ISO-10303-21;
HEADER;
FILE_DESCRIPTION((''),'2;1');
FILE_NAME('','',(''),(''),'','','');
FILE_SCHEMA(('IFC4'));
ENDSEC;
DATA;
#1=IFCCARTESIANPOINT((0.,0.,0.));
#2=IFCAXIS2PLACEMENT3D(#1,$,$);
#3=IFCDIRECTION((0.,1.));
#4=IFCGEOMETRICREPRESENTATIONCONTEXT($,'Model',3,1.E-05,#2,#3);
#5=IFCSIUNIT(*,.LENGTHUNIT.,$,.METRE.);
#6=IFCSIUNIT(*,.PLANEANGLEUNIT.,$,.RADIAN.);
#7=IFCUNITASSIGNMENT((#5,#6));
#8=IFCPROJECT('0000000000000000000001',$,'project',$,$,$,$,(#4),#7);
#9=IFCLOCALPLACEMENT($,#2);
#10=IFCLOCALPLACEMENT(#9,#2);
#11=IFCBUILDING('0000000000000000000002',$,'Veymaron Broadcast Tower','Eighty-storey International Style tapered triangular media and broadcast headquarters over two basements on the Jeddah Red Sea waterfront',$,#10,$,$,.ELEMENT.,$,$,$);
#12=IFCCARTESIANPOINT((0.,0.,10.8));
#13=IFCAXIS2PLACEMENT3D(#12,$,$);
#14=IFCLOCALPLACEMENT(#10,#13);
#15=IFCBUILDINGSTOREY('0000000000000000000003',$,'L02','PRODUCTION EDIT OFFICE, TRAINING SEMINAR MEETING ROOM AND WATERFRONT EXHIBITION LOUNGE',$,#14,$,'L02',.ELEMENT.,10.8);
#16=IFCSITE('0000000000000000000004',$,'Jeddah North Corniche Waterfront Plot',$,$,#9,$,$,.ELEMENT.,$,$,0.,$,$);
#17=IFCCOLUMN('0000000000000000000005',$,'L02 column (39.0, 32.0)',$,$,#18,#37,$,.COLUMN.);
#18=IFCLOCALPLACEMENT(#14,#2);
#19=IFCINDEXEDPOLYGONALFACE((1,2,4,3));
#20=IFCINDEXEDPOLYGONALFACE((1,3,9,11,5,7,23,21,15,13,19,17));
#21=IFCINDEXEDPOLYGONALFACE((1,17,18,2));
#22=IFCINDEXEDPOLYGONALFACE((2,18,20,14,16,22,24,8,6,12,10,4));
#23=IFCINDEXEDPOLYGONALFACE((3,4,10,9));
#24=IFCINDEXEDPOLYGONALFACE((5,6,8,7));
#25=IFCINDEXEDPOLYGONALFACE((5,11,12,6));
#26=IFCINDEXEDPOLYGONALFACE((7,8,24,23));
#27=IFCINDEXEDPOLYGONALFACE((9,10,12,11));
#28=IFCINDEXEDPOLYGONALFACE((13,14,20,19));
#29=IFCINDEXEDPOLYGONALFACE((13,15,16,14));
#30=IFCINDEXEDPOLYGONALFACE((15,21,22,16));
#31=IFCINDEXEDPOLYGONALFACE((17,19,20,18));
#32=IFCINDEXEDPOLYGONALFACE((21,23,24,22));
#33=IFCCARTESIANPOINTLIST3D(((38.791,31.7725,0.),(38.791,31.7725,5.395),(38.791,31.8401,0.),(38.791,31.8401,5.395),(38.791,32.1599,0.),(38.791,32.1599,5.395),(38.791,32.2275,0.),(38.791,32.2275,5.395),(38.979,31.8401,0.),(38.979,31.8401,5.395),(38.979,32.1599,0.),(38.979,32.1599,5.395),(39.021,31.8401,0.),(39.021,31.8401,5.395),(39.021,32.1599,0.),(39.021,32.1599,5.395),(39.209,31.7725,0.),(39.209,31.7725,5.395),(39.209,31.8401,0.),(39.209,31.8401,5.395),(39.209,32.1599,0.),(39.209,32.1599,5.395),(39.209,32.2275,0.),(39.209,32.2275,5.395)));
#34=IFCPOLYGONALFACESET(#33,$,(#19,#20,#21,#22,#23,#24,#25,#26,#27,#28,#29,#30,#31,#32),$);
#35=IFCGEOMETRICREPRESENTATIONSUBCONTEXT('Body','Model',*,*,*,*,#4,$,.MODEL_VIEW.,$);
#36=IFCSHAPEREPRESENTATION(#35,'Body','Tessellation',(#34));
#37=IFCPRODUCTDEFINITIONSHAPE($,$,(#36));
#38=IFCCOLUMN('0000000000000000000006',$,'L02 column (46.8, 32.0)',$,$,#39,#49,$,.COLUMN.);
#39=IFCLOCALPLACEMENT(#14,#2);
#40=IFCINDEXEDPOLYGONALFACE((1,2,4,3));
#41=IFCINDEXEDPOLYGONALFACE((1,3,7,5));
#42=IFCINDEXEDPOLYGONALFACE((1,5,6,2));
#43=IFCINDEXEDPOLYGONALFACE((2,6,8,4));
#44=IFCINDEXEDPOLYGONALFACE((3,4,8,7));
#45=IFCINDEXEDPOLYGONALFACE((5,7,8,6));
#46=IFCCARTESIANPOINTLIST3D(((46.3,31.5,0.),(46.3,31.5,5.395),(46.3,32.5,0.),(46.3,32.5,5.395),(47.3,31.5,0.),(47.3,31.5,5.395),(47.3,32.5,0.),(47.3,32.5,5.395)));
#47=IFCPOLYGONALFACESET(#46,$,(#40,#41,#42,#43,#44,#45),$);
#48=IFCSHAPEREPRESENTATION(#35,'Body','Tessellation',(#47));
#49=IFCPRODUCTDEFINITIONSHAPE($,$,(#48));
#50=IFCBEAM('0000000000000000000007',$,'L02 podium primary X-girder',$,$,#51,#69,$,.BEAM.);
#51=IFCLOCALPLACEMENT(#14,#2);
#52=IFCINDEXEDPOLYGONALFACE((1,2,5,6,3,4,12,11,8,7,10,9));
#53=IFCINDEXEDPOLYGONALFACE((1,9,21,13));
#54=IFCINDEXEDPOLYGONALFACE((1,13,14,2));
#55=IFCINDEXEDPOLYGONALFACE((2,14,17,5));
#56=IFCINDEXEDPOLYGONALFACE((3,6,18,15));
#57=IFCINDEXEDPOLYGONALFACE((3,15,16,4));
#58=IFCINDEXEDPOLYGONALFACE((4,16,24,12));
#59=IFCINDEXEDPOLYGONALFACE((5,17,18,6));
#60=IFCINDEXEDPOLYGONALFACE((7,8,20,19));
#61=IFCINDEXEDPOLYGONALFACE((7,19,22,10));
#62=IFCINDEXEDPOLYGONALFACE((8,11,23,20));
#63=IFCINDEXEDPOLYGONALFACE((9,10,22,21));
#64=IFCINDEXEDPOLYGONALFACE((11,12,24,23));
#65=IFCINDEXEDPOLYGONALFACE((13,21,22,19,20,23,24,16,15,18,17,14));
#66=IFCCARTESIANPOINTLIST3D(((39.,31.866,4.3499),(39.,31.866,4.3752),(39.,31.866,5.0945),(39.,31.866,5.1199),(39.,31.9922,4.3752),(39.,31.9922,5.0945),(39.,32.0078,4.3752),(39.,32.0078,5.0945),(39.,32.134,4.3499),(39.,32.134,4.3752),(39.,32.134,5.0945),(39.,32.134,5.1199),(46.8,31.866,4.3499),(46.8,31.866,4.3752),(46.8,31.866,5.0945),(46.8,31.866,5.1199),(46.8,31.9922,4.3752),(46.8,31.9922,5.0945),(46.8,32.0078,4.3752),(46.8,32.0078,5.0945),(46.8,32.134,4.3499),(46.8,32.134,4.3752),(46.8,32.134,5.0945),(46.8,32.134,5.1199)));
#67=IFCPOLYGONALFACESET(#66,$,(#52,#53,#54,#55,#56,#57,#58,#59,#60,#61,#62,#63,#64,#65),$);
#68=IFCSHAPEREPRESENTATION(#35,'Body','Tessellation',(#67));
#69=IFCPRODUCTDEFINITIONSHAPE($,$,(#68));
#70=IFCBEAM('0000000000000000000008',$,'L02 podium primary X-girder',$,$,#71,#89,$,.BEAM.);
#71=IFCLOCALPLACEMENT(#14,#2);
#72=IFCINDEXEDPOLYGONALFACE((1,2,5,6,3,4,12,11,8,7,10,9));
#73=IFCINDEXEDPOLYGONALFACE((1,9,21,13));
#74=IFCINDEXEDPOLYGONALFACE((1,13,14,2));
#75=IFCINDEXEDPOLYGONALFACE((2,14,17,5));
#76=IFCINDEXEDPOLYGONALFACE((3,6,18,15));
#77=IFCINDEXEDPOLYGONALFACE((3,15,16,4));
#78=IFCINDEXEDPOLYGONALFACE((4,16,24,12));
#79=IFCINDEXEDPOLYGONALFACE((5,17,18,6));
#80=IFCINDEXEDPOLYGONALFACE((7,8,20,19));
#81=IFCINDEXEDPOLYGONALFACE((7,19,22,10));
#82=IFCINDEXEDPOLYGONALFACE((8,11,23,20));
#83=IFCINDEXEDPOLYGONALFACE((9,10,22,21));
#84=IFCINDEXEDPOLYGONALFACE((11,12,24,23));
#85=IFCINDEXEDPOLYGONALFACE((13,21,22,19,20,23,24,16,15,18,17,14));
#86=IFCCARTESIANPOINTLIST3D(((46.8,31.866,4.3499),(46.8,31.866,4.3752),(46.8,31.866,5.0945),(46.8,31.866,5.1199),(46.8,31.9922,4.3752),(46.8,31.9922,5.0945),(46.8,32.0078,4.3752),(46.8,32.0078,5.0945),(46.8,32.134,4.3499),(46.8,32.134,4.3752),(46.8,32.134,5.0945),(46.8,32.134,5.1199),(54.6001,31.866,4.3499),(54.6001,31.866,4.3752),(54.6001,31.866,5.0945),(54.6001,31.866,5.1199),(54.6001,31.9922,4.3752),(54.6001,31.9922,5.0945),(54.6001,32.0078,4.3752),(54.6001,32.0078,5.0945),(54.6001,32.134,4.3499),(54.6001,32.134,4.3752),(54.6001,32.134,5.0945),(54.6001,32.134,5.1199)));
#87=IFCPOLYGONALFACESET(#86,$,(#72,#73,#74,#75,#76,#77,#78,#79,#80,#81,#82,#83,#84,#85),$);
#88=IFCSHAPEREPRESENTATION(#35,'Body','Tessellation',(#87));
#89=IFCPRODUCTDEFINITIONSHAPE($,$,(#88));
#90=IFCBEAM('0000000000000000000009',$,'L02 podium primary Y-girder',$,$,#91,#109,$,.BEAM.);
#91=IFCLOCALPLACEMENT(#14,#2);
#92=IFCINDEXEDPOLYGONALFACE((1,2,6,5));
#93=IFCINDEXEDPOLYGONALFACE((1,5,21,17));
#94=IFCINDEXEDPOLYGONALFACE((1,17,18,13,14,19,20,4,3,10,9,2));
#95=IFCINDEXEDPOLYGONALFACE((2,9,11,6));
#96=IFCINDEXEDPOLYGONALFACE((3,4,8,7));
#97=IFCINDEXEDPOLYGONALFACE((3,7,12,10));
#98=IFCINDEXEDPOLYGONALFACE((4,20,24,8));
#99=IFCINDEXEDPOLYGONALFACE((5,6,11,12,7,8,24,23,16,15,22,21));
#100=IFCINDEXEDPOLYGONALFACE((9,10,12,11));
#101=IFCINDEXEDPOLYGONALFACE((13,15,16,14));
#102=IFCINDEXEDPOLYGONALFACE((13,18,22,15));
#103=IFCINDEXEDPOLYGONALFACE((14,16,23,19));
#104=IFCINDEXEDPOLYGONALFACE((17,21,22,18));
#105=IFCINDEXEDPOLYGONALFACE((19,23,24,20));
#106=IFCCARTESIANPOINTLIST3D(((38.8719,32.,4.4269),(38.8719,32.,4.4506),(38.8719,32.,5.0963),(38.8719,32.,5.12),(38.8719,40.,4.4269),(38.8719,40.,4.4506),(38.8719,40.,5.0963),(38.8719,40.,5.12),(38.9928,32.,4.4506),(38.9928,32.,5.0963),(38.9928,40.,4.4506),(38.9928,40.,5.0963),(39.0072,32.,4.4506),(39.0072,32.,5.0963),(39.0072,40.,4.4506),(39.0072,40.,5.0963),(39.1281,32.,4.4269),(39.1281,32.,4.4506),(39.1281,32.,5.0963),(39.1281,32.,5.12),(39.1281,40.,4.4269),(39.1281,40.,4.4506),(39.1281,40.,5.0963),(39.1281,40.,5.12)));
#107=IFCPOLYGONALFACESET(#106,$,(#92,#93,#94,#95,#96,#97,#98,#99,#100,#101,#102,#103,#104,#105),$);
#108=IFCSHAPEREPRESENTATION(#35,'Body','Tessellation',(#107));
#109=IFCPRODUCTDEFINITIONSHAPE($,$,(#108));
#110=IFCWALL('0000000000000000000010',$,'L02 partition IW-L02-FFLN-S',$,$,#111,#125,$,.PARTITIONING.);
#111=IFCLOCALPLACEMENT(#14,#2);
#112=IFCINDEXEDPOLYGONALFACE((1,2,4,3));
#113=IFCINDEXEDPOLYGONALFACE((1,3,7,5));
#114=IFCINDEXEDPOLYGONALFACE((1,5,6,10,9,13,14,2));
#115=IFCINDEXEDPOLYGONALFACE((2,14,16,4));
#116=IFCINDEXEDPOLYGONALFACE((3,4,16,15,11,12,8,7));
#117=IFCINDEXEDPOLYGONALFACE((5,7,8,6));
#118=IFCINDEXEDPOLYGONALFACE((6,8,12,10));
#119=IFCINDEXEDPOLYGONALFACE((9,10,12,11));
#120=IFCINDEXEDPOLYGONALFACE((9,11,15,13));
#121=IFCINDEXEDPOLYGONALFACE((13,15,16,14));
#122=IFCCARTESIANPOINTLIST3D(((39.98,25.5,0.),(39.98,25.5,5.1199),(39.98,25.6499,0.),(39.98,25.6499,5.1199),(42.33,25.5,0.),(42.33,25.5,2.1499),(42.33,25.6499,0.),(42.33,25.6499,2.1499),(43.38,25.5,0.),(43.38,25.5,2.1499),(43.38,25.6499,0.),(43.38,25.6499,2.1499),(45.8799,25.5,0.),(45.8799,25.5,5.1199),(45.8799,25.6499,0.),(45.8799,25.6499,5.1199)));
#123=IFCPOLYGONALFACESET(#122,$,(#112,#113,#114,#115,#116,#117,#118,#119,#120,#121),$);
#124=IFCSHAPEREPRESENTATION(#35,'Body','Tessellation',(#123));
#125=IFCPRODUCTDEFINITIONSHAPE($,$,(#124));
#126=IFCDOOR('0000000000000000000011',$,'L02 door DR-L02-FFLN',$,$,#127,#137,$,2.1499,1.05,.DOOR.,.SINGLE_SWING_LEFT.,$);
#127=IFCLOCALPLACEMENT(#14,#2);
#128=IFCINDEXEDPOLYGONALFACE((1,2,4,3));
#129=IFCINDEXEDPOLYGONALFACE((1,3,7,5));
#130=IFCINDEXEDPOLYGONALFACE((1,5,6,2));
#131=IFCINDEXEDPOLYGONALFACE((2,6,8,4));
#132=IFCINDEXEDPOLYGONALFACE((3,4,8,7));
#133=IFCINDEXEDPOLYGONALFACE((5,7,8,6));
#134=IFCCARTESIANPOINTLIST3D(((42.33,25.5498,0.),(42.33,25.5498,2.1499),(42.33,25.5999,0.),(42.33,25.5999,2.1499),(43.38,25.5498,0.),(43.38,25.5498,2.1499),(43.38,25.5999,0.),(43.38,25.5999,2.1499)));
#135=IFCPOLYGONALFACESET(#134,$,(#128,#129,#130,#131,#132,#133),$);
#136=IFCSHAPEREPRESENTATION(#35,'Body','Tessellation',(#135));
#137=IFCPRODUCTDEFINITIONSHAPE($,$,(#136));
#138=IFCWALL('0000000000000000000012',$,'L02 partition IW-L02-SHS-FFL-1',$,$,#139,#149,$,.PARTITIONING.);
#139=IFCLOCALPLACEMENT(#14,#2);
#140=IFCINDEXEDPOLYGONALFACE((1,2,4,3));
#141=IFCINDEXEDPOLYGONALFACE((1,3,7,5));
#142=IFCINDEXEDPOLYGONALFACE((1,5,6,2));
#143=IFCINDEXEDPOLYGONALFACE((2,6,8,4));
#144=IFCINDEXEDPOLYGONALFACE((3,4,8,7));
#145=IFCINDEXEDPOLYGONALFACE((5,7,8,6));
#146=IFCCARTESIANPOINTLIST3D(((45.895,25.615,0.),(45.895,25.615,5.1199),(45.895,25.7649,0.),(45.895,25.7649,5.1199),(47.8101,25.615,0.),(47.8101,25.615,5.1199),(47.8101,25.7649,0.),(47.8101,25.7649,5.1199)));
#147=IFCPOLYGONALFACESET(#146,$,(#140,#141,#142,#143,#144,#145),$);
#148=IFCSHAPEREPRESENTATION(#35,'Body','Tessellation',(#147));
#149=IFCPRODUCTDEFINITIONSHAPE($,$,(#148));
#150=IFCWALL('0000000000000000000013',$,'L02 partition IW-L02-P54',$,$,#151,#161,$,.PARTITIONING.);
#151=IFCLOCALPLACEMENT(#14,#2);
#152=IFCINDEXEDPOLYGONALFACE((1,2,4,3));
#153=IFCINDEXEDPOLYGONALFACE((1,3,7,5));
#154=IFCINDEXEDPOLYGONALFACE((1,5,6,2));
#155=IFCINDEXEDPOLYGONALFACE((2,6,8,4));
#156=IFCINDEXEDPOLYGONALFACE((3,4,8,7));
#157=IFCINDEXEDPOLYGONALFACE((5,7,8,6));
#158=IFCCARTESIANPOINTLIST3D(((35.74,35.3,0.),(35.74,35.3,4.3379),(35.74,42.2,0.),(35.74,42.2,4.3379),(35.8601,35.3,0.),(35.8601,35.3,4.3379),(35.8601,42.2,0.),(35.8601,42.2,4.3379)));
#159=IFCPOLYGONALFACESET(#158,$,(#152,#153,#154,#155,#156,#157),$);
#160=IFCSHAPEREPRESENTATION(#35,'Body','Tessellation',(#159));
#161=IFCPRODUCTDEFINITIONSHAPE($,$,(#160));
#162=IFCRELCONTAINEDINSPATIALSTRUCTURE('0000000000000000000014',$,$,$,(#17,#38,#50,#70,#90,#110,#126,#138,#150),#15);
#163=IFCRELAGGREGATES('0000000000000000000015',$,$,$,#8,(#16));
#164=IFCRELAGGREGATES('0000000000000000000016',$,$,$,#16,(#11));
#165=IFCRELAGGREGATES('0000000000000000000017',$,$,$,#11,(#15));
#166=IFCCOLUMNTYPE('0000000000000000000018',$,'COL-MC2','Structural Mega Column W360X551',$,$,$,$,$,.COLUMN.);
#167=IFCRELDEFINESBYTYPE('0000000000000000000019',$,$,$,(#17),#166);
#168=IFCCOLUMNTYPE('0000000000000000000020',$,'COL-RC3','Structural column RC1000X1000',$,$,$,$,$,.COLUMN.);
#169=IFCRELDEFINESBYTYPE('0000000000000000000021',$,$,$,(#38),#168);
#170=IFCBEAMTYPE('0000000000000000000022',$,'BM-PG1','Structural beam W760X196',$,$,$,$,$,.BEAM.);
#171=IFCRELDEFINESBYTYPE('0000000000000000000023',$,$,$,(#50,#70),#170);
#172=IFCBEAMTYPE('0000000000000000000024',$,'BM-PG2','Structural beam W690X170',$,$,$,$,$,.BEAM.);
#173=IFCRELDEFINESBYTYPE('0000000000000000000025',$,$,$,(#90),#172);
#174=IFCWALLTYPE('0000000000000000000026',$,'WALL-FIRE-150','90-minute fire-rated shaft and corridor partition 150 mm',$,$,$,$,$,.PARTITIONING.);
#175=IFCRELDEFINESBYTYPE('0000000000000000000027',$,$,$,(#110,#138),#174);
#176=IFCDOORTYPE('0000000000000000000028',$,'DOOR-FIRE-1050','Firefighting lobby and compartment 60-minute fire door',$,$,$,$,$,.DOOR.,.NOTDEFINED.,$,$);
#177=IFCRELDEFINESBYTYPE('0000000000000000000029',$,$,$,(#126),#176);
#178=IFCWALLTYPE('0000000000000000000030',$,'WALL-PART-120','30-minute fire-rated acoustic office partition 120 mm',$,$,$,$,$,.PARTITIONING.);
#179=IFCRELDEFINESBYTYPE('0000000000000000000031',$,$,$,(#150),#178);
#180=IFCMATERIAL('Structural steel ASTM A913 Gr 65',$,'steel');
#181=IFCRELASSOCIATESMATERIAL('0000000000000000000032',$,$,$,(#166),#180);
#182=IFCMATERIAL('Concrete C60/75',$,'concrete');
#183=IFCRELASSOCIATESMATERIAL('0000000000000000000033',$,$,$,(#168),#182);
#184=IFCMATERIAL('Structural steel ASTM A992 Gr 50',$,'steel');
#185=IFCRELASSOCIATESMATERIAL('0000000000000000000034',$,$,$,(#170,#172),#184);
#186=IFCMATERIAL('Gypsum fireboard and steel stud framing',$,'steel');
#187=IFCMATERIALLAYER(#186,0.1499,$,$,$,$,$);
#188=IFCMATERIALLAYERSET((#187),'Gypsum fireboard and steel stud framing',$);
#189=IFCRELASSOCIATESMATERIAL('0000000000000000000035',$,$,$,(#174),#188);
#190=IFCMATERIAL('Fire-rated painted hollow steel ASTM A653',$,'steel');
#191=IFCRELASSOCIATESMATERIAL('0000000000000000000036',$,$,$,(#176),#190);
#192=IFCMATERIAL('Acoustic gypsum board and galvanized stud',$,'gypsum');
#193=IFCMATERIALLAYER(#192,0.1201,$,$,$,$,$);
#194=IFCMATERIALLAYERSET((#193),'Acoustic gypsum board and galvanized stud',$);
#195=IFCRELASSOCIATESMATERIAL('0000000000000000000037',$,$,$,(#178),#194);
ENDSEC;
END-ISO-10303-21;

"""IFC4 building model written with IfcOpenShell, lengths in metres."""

from ifc_helpers import new_model, si_unit, direction, frame, frame_2d, origin, origin_2d, place, context, subcontext, project, spatial, rectangle, i_section, extrude, material, layer, layer_set, material_profile, profile_set, type_object, element, fill, save


model = new_model("IFC4")

# Units and contexts
model_context = context("Model", 3, precision=1e-05, world=origin(), true_north=direction((0.0, 1.0)))
body_context = subcontext(model_context, "Body", "Model", "MODEL_VIEW")
ifc_project = project(units=[si_unit("LENGTHUNIT", "METRE"), si_unit("PLANEANGLEUNIT", "RADIAN")], contexts=[model_context])

# Site, building, storey
site_placement = place(None, origin())
site = spatial("IfcSite", under=ifc_project, at=site_placement, Name="Jeddah North Corniche Waterfront Plot", CompositionType="ELEMENT", RefElevation=0.0)
building_placement = place(site_placement, origin())
building = spatial("IfcBuilding", under=site, at=building_placement, Name="Veymaron Broadcast Tower", Description="Eighty-storey International Style tapered triangular media and broadcast headquarters over two basements on the Jeddah Red Sea waterfront", CompositionType="ELEMENT")
storey_placement = place(building_placement, frame((0.0, 0.0, 10.8)))
storey = spatial("IfcBuildingStorey", under=building, at=storey_placement, Name="L02", Description="PRODUCTION EDIT OFFICE, TRAINING SEMINAR MEETING ROOM AND WATERFRONT EXHIBITION LOUNGE", LongName="L02", CompositionType="ELEMENT", Elevation=10.8)

# Columns
ifc_material_1 = material(Name="Structural steel ASTM A913 Gr 65", Category="steel")
ifc_material_profile_1 = material_profile(ifc_material_1, i_section(OverallWidth=0.418, OverallDepth=0.4551, WebThickness=0.042, FlangeThickness=0.0676, at=origin_2d()), Name="W360X551")
ifc_profile_set_1 = profile_set([ifc_material_profile_1], Name="Structural steel ASTM A913 Gr 65")
column_type_1 = type_object("IfcColumnType", Name="COL-MC2", Description="Structural Mega Column W360X551", PredefinedType="COLUMN", material=ifc_profile_set_1)
column_1_placement = place(storey_placement, frame((39.0, 32.0, 0.0), z_axis=(0.0, 0.0, 1.0), x_axis=(1.0, 0.0, 0.0)))
element("IfcColumn", 1, at=column_1_placement, inside=storey, type_object=column_type_1, Name="L02 column (39.0, 32.0)", PredefinedType="COLUMN", context=body_context, shape_type="SweptSolid", body=[
    extrude(i_section(OverallWidth=0.418, OverallDepth=0.4551, WebThickness=0.042, FlangeThickness=0.0676, at=origin_2d()), origin(), (0.0, 0.0, 1.0), 5.395),
])
ifc_material_2 = material(Name="Concrete C60/75", Category="concrete")
ifc_material_profile_2 = material_profile(ifc_material_2, rectangle(XDim=1.0, YDim=1.0, at=origin_2d()), Name="RC1000X1000")
ifc_profile_set_2 = profile_set([ifc_material_profile_2], Name="Concrete C60/75")
column_type_2 = type_object("IfcColumnType", Name="COL-RC3", Description="Structural column RC1000X1000", PredefinedType="COLUMN", material=ifc_profile_set_2)
column_2_placement = place(storey_placement, frame((46.8, 32.0, 0.0), z_axis=(0.0, 0.0, 1.0), x_axis=(1.0, 0.0, 0.0)))
element("IfcColumn", 2, at=column_2_placement, inside=storey, type_object=column_type_2, Name="L02 column (46.8, 32.0)", PredefinedType="COLUMN", context=body_context, shape_type="SweptSolid", body=[
    extrude(rectangle(XDim=1.0, YDim=1.0, at=origin_2d()), origin(), (0.0, 0.0, 1.0), 5.395),
])

# Beams
ifc_material_3 = material(Name="Structural steel ASTM A992 Gr 50", Category="steel")
ifc_material_profile_3 = material_profile(ifc_material_3, i_section(OverallWidth=0.2681, OverallDepth=0.77, WebThickness=0.0156, FlangeThickness=0.0254, at=origin_2d()), Name="W760X196")
ifc_profile_set_3 = profile_set([ifc_material_profile_3], Name="Structural steel ASTM A992 Gr 50")
beam_type_1 = type_object("IfcBeamType", Name="BM-PG1", Description="Structural beam W760X196", PredefinedType="BEAM", material=ifc_profile_set_3)
for number, where, z_axis, x_axis, name in (
    (3, (39.0, 32.0, 4.7349), (1.0, 0.0, 0.0), (0.0, 1.0, 0.0), "L02 podium primary X-girder"),
    (4, (46.8, 32.0, 4.7349), (1.0, 0.0, 0.0), (0.0, 1.0, 0.0), "L02 podium primary X-girder"),
):
    element("IfcBeam", number, at=place(storey_placement, frame(where, z_axis=z_axis, x_axis=x_axis)), inside=storey, type_object=beam_type_1, Name=name, PredefinedType="BEAM", context=body_context, shape_type="SweptSolid", body=[
        extrude(i_section(OverallWidth=0.2681, OverallDepth=0.77, WebThickness=0.0156, FlangeThickness=0.0254, at=origin_2d()), origin(), (0.0, 0.0, 1.0), 7.8),
    ])
ifc_material_profile_4 = material_profile(ifc_material_3, i_section(OverallWidth=0.2561, OverallDepth=0.6931, WebThickness=0.0144, FlangeThickness=0.0237, at=origin_2d()), Name="W690X170")
ifc_profile_set_4 = profile_set([ifc_material_profile_4], Name="Structural steel ASTM A992 Gr 50")
beam_type_2 = type_object("IfcBeamType", Name="BM-PG2", Description="Structural beam W690X170", PredefinedType="BEAM", material=ifc_profile_set_4)
beam_placement = place(storey_placement, frame((39.0, 32.0, 4.7734), z_axis=(0.0, 1.0, 0.0), x_axis=(-1.0, 0.0, 0.0)))
element("IfcBeam", 5, at=beam_placement, inside=storey, type_object=beam_type_2, Name="L02 podium primary Y-girder", PredefinedType="BEAM", context=body_context, shape_type="SweptSolid", body=[
    extrude(i_section(OverallWidth=0.2561, OverallDepth=0.6931, WebThickness=0.0144, FlangeThickness=0.0237, at=origin_2d()), origin(), (0.0, 0.0, 1.0), 8.0),
])

# Wall, opening, door
ifc_material_4 = material(Name="Gypsum fireboard and steel stud framing", Category="steel")
ifc_layer_1 = layer(ifc_material_4, 0.1499)
ifc_layer_set_1 = layer_set([ifc_layer_1], Name="Gypsum fireboard and steel stud framing")
wall_type_1 = type_object("IfcWallType", Name="WALL-FIRE-150", Description="90-minute fire-rated shaft and corridor partition 150 mm", PredefinedType="PARTITIONING", material=ifc_layer_set_1)
wall_1_placement = place(storey_placement, frame((39.98, 25.575, 0.0), z_axis=(0.0, 0.0, 1.0), x_axis=(1.0, 0.0, 0.0)))
wall_1 = element("IfcWall", 6, at=wall_1_placement, inside=storey, type_object=wall_type_1, Name="L02 partition IW-L02-FFLN-S", PredefinedType="PARTITIONING", context=body_context, shape_type="SweptSolid", body=[
    extrude(rectangle(XDim=5.8999, YDim=0.1499, at=frame_2d((2.95, 0.0))), origin(), (0.0, 0.0, 1.0), 5.1199),
])
opening_1_placement = place(wall_1_placement, frame((2.3501, 0.0, 0.0)))
opening_1 = element("IfcOpeningElement", 7, at=opening_1_placement, cuts=wall_1, PredefinedType="OPENING", context=body_context, shape_type="SweptSolid", body=[
    extrude(rectangle(XDim=1.05, YDim=2.1499, at=frame_2d((0.5249, 1.075))), frame((0.0, 0.085, 0.0), z_axis=(0.0, -1.0, 0.0), x_axis=(1.0, 0.0, 0.0)), (0.0, 0.0, 1.0), 0.1699),
])
ifc_material_5 = material(Name="Fire-rated painted hollow steel ASTM A653", Category="steel")
door_type_1 = type_object("IfcDoorType", Name="DOOR-FIRE-1050", Description="Firefighting lobby and compartment 60-minute fire door", OperationType="NOTDEFINED", PredefinedType="DOOR", material=ifc_material_5)
door_1_placement = place(opening_1_placement, origin())
door_1 = element("IfcDoor", 8, at=door_1_placement, inside=storey, type_object=door_type_1, Name="L02 door DR-L02-FFLN", OperationType="SINGLE_SWING_LEFT", OverallHeight=2.1499, OverallWidth=1.05, PredefinedType="DOOR", context=body_context, shape_type="SweptSolid", body=[
    extrude(rectangle(XDim=1.05, YDim=2.1499, at=frame_2d((0.5249, 1.075))), frame((0.0, 0.0249, 0.0), z_axis=(0.0, -1.0, 0.0), x_axis=(1.0, 0.0, 0.0)), (0.0, 0.0, 1.0), 0.05),
])
fill(opening_1, door_1)

# Walls
wall_2_placement = place(storey_placement, frame((45.895, 25.6899, 0.0), z_axis=(0.0, 0.0, 1.0), x_axis=(1.0, 0.0, 0.0)))
element("IfcWall", 9, at=wall_2_placement, inside=storey, type_object=wall_type_1, Name="L02 partition IW-L02-SHS-FFL-1", PredefinedType="PARTITIONING", context=body_context, shape_type="SweptSolid", body=[
    extrude(rectangle(XDim=1.915, YDim=0.1499, at=frame_2d((0.9575, 0.0))), origin(), (0.0, 0.0, 1.0), 5.1199),
])
ifc_material_6 = material(Name="Acoustic gypsum board and galvanized stud", Category="gypsum")
ifc_layer_2 = layer(ifc_material_6, 0.1201)
ifc_layer_set_2 = layer_set([ifc_layer_2], Name="Acoustic gypsum board and galvanized stud")
wall_type_2 = type_object("IfcWallType", Name="WALL-PART-120", Description="30-minute fire-rated acoustic office partition 120 mm", PredefinedType="PARTITIONING", material=ifc_layer_set_2)
wall_3_placement = place(storey_placement, frame((35.8, 35.3, 0.0), z_axis=(0.0, 0.0, 1.0), x_axis=(0.0, 1.0, 0.0)))
element("IfcWall", 10, at=wall_3_placement, inside=storey, type_object=wall_type_2, Name="L02 partition IW-L02-P54", PredefinedType="PARTITIONING", context=body_context, shape_type="SweptSolid", body=[
    extrude(rectangle(XDim=6.8999, YDim=0.1201, at=frame_2d((3.45, 0.0))), origin(), (0.0, 0.0, 1.0), 4.3379),
])

save(model, "model.ifc")
